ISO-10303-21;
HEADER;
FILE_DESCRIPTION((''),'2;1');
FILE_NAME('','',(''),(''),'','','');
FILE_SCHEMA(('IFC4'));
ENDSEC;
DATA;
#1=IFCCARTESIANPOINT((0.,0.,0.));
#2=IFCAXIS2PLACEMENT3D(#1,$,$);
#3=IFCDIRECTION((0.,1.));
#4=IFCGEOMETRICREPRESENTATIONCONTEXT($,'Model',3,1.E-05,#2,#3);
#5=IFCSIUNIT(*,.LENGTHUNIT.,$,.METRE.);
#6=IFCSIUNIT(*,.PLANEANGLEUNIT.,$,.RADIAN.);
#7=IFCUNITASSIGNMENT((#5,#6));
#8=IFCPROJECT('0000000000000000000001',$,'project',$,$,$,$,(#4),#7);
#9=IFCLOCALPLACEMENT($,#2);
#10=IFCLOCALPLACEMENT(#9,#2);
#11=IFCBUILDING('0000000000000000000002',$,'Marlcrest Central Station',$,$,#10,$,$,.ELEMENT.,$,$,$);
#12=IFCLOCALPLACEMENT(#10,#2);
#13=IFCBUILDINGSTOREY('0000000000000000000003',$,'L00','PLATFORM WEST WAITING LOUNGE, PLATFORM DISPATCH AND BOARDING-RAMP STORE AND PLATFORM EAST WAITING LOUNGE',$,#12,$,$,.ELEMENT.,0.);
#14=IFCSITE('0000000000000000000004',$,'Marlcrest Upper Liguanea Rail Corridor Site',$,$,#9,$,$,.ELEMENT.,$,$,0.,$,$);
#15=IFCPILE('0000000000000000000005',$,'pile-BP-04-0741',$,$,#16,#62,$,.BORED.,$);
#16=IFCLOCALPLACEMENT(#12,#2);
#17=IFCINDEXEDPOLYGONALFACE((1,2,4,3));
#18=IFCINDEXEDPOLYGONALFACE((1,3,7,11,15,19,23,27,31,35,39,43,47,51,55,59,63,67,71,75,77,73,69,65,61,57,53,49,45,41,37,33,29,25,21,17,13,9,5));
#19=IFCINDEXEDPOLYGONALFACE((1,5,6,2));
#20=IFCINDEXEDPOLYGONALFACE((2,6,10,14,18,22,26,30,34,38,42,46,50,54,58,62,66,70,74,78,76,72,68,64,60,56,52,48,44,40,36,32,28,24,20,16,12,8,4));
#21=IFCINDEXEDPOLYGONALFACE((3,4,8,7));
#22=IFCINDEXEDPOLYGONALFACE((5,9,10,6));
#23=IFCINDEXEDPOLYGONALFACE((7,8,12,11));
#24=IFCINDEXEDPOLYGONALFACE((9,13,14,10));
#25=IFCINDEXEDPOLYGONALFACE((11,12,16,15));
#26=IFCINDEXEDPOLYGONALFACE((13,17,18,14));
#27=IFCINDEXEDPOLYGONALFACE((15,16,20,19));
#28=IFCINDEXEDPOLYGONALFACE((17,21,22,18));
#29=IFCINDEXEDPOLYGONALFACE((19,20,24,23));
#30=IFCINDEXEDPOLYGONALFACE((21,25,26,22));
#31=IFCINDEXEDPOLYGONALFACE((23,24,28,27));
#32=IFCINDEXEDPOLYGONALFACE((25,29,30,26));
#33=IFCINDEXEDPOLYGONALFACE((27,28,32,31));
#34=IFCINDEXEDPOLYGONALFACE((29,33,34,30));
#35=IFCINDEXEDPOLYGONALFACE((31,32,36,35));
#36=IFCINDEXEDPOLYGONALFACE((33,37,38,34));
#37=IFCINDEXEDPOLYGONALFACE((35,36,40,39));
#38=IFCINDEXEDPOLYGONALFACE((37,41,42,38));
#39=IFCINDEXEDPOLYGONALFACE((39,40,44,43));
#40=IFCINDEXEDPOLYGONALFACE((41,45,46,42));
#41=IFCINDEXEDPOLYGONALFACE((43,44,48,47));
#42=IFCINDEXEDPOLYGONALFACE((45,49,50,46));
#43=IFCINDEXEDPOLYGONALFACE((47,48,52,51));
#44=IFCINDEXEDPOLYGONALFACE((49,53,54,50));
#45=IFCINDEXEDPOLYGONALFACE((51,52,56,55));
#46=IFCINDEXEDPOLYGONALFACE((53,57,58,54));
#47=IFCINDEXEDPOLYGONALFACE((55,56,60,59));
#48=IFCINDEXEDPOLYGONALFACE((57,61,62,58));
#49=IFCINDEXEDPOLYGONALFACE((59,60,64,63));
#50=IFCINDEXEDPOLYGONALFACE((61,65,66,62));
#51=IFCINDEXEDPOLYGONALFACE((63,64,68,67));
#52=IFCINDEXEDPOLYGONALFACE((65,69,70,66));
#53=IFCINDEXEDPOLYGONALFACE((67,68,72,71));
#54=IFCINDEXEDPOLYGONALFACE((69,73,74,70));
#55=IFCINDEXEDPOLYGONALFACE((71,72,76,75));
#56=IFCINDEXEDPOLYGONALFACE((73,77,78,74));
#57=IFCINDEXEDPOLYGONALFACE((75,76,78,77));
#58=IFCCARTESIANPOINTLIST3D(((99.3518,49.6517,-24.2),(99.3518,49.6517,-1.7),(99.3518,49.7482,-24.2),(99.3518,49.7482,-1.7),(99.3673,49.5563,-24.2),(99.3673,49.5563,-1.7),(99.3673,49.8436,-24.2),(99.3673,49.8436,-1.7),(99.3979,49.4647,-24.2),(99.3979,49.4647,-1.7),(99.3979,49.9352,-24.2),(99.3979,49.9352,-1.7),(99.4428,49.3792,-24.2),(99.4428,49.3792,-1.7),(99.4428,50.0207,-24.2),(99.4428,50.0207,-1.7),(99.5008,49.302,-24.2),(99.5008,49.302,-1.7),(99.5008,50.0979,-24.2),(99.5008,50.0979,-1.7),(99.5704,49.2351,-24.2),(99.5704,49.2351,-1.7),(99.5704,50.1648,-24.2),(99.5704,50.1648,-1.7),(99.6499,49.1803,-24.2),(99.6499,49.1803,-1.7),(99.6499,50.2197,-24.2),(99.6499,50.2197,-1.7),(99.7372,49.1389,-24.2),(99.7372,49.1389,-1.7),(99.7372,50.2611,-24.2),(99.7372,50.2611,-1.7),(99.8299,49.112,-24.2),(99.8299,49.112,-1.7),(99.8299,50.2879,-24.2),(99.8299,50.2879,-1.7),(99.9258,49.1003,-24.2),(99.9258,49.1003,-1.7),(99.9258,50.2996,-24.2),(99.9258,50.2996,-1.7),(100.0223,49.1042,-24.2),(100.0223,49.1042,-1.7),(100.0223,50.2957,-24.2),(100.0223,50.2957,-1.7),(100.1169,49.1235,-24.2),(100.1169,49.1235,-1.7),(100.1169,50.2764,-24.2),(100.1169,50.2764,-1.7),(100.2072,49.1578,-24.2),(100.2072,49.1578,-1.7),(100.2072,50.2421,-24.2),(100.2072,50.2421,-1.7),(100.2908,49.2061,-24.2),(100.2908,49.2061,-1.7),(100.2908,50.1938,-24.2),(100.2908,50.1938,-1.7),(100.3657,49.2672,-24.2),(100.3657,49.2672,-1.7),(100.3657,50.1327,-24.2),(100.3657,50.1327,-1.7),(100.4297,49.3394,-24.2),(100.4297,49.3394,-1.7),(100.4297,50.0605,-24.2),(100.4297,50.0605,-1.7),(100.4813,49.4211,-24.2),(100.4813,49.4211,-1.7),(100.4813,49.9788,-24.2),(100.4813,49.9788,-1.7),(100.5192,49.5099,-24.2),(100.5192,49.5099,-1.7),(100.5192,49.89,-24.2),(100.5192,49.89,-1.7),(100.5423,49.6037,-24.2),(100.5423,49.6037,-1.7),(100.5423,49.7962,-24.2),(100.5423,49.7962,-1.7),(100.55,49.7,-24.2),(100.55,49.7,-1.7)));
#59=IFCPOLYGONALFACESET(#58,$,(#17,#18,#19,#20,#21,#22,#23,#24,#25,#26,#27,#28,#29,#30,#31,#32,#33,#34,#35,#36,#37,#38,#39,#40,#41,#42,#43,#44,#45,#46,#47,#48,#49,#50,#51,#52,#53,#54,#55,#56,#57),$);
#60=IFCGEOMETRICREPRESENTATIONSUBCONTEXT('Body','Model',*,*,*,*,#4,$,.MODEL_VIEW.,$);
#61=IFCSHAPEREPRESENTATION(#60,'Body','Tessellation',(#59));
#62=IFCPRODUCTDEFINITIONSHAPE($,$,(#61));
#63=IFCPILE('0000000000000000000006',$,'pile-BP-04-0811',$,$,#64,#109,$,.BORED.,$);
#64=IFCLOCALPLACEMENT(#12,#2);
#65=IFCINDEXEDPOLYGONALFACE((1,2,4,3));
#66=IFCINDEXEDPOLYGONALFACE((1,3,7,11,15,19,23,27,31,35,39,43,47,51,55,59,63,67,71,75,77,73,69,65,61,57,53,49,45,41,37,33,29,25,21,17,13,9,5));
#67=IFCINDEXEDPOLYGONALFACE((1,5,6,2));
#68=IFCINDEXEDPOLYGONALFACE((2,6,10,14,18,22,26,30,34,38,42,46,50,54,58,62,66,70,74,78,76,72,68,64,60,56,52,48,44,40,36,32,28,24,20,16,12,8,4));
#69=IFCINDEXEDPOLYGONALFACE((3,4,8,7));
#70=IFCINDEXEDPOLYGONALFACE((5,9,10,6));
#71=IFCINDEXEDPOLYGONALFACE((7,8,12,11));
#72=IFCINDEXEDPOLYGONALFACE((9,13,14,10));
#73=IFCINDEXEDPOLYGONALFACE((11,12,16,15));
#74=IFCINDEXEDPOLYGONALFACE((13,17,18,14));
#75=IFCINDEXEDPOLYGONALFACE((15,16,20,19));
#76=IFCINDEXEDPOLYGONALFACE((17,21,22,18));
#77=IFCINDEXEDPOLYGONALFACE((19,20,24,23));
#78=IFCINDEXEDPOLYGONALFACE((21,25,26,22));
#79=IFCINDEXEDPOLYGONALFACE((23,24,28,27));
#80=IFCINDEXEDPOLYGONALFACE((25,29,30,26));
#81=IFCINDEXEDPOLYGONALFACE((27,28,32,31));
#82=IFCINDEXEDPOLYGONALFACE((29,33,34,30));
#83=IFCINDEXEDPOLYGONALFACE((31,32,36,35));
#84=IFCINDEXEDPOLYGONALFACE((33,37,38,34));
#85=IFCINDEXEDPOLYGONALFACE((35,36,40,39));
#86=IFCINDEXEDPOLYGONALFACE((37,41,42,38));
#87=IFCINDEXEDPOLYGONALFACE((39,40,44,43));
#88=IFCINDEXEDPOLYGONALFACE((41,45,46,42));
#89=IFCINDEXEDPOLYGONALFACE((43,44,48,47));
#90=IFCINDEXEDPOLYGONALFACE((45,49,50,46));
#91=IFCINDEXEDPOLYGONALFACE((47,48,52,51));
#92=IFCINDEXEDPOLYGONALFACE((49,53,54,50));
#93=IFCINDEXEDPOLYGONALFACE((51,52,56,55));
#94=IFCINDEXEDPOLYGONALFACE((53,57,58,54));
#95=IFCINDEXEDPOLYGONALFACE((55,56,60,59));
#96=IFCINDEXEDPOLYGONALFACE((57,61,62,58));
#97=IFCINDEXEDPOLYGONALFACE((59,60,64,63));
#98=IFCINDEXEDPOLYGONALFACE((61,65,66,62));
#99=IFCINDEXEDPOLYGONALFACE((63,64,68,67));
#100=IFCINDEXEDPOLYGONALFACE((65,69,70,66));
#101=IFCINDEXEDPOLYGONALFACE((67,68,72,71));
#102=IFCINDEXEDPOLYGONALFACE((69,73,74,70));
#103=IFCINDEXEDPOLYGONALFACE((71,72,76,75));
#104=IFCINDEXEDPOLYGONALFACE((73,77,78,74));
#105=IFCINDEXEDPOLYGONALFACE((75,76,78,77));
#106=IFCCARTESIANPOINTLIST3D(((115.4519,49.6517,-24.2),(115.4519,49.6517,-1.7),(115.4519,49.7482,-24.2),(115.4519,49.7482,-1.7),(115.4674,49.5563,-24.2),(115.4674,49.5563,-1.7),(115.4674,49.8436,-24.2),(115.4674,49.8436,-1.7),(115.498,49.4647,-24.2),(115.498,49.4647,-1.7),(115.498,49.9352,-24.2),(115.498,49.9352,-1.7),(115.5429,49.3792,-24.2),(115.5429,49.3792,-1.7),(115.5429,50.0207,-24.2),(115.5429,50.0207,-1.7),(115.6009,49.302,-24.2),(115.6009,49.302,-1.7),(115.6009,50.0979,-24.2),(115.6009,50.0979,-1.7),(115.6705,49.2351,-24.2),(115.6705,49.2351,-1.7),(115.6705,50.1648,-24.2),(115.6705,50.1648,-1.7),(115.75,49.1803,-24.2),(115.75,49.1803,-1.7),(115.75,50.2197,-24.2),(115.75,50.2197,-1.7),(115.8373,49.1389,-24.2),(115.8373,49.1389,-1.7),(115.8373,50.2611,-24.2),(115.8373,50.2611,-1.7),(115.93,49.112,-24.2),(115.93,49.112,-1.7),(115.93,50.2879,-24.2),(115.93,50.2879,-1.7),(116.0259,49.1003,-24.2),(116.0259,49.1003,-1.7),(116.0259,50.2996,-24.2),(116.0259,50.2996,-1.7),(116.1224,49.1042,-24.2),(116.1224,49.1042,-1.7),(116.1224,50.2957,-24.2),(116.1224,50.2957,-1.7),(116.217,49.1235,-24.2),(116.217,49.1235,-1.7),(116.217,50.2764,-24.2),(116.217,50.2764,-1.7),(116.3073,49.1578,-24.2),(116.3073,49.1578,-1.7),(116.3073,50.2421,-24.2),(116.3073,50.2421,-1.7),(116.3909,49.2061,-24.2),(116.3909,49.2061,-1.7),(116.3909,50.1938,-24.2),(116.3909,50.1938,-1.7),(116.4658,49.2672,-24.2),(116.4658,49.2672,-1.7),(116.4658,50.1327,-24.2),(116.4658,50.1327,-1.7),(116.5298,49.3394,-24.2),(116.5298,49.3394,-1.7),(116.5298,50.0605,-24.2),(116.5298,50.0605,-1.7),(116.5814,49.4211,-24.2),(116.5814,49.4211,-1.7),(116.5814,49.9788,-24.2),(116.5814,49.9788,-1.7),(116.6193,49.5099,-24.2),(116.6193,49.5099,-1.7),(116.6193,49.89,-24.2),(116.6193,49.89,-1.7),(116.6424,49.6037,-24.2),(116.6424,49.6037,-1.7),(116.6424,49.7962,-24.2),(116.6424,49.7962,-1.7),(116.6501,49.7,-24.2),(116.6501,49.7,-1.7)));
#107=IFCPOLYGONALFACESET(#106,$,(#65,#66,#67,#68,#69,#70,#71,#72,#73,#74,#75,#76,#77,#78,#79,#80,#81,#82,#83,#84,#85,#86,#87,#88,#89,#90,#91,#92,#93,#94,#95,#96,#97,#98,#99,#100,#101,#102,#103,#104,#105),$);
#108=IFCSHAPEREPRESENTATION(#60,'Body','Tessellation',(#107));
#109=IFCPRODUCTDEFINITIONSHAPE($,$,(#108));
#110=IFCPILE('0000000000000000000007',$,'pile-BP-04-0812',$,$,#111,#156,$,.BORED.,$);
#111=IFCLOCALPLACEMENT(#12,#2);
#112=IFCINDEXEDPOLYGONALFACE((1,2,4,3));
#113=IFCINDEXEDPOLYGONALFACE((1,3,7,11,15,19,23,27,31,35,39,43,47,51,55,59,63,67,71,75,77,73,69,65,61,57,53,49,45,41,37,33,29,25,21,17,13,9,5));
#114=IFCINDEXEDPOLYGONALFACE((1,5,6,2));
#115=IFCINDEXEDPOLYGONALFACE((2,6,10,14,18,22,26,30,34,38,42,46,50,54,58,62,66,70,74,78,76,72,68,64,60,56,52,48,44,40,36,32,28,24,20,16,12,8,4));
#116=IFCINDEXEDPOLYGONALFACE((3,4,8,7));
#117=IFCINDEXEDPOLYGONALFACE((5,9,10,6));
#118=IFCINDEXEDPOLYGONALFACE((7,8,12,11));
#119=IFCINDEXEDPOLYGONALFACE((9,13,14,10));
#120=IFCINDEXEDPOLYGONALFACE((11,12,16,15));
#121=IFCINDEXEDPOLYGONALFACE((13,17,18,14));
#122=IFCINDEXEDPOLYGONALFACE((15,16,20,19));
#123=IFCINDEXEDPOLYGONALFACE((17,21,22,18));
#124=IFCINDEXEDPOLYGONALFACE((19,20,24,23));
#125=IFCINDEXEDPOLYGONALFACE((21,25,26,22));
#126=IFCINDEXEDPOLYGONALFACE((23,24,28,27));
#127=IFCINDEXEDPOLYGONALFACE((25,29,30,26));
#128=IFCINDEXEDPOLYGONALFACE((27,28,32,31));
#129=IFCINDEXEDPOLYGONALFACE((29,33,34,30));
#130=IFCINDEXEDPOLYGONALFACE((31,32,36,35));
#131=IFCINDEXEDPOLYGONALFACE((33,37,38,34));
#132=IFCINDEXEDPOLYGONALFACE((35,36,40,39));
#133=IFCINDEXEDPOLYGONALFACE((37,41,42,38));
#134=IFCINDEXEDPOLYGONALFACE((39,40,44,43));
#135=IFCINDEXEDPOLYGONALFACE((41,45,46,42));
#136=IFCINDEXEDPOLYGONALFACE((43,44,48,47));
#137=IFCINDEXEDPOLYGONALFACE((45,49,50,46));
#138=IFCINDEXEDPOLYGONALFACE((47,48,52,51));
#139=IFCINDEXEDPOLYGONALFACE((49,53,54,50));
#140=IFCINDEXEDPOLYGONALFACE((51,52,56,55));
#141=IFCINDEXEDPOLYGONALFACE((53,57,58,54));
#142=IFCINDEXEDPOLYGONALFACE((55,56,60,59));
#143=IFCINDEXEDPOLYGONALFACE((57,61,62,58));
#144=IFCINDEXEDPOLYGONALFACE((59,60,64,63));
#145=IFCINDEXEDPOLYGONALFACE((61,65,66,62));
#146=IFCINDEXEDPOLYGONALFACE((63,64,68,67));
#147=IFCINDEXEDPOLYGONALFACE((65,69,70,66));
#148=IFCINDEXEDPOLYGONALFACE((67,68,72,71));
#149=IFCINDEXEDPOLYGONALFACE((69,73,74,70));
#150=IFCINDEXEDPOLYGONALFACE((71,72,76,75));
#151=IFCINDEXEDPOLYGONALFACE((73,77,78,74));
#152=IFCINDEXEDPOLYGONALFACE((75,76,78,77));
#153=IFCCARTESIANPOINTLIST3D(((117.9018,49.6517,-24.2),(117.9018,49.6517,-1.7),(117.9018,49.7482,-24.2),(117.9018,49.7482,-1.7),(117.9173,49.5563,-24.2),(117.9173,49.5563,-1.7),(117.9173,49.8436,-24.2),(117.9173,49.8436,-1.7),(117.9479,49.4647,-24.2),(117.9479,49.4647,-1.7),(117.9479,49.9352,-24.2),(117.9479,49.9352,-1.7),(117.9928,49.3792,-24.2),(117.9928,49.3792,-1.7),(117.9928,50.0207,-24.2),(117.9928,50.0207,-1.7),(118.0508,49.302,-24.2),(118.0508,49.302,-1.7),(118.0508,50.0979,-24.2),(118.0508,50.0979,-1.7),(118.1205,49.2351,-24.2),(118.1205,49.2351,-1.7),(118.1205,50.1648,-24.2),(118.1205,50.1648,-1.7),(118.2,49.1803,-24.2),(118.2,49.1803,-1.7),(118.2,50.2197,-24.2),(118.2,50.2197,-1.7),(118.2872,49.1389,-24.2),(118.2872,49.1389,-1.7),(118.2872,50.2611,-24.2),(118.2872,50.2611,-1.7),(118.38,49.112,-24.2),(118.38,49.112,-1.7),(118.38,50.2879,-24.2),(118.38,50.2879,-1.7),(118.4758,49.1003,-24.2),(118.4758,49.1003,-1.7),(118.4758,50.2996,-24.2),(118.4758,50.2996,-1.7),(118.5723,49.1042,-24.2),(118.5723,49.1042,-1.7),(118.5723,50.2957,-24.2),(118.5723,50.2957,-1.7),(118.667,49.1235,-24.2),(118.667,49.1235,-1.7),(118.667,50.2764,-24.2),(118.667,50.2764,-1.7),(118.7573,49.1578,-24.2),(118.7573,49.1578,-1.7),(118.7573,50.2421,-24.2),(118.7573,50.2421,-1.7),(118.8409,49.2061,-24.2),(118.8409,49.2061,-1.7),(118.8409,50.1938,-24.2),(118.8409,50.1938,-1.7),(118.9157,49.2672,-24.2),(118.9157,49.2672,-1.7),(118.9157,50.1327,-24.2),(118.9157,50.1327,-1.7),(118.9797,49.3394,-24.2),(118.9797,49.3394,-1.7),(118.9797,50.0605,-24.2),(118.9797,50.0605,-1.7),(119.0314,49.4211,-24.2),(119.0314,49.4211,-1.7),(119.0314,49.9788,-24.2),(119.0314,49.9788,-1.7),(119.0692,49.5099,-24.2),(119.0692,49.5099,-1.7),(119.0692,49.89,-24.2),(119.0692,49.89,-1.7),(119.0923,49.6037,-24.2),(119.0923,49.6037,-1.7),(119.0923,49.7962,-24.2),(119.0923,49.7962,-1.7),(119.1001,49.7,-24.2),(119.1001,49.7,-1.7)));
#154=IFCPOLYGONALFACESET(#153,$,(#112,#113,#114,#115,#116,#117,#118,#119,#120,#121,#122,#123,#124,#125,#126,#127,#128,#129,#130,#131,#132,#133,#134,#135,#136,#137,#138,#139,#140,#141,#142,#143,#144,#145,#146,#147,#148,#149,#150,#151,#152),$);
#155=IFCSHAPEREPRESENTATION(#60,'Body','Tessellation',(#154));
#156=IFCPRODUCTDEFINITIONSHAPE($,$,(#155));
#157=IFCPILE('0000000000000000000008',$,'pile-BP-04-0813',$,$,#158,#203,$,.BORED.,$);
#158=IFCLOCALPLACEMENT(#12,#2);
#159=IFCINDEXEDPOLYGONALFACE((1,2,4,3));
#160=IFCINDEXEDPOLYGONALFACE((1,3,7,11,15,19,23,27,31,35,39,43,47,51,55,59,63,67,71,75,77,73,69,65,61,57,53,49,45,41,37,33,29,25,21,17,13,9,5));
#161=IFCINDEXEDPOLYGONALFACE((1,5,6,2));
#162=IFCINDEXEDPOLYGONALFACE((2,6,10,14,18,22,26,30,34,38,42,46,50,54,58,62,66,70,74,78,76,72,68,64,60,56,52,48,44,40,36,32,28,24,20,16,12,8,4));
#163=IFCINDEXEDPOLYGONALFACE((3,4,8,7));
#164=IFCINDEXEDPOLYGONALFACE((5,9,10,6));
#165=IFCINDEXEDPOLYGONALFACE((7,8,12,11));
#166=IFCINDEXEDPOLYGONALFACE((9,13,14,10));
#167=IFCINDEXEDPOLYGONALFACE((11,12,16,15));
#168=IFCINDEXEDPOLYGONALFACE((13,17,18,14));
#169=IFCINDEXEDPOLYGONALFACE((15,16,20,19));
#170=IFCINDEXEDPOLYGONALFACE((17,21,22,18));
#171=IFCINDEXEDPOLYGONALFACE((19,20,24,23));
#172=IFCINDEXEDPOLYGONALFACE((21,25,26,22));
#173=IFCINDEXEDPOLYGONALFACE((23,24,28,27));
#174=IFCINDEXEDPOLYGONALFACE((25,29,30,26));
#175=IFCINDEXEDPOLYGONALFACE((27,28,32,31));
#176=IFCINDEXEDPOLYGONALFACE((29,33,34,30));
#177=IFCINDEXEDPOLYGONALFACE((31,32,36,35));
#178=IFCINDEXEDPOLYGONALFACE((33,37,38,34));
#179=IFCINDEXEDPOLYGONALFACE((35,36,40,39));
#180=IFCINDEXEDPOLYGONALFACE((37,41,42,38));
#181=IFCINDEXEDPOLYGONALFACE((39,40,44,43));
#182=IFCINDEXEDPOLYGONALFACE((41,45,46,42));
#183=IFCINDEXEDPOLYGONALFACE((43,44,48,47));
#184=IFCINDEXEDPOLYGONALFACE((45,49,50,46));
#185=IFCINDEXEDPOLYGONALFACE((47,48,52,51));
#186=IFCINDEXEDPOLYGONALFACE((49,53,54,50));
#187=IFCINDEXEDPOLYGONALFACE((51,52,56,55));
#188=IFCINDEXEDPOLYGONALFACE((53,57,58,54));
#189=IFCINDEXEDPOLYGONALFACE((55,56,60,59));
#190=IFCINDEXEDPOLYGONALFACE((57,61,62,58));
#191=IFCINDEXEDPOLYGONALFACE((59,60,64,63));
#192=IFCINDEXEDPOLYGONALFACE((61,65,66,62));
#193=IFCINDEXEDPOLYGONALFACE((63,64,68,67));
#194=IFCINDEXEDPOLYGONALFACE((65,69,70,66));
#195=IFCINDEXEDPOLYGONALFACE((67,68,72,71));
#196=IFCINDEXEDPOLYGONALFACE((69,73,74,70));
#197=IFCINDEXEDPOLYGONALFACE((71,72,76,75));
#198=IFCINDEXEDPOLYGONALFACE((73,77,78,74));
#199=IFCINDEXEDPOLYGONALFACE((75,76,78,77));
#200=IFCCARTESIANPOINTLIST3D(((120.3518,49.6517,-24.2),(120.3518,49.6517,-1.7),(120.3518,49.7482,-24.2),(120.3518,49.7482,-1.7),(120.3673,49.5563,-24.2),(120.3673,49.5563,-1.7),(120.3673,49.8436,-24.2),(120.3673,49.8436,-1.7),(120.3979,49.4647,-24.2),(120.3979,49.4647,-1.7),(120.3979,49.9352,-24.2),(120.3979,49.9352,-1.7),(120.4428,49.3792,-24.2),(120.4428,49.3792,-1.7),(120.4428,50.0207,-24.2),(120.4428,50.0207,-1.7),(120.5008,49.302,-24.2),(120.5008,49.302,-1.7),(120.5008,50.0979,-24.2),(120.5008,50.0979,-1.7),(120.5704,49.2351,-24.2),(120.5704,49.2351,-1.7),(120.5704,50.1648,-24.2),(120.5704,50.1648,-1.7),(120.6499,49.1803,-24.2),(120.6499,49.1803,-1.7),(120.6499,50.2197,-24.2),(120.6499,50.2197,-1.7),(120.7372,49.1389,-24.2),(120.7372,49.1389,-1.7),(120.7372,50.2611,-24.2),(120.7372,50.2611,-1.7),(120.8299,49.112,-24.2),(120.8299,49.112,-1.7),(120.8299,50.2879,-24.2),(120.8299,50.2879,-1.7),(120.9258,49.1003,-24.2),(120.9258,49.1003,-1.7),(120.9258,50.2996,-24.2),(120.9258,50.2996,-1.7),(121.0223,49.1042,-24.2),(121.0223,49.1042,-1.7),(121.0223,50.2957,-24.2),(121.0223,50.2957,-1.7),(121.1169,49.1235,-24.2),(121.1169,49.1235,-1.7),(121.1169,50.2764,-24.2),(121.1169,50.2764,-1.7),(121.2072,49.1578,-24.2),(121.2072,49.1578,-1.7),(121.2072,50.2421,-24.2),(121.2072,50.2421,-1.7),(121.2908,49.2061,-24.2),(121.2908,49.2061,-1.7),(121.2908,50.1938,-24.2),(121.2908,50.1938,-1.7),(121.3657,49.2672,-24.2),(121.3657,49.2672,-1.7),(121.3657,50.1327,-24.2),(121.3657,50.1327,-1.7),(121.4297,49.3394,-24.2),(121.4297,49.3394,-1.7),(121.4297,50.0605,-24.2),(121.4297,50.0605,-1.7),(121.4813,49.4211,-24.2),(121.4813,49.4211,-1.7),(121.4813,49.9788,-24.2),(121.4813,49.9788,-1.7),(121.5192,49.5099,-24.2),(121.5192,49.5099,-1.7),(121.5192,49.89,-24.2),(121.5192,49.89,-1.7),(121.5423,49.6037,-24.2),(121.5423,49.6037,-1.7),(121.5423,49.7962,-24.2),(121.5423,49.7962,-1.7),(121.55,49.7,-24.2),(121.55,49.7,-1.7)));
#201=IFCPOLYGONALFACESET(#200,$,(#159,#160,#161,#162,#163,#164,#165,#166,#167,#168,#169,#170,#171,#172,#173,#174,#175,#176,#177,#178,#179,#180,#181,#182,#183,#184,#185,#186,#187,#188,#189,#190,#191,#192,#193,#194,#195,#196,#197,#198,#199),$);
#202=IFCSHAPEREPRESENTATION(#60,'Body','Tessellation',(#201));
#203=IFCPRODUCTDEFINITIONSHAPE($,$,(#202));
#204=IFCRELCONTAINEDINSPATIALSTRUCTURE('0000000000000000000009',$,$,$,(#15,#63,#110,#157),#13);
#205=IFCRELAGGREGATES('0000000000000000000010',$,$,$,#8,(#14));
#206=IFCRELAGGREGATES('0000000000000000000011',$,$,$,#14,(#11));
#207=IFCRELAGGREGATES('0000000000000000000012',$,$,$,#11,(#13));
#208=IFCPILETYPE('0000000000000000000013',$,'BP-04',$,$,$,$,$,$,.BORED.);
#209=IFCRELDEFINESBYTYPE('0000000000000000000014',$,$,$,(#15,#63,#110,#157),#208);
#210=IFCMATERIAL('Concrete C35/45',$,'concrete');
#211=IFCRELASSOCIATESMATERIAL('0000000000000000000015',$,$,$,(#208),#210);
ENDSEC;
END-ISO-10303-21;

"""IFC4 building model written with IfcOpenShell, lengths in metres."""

from ifc_helpers import new_model, si_unit, direction, frame, origin, origin_2d, place, context, subcontext, project, spatial, circle, extrude, material, material_profile, profile_set, type_object, element, save


model = new_model("IFC4")

# Units and contexts
model_context = context("Model", 3, precision=1e-05, world=origin(), true_north=direction((0.0, 1.0)))
body_context = subcontext(model_context, "Body", "Model", "MODEL_VIEW")
ifc_project = project(units=[si_unit("LENGTHUNIT", "METRE"), si_unit("PLANEANGLEUNIT", "RADIAN")], contexts=[model_context])

# Site, building, storey
site_placement = place(None, origin())
site = spatial("IfcSite", under=ifc_project, at=site_placement, Name="Marlcrest Upper Liguanea Rail Corridor Site", CompositionType="ELEMENT", RefElevation=0.0)
building_placement = place(site_placement, origin())
building = spatial("IfcBuilding", under=site, at=building_placement, Name="Marlcrest Central Station", CompositionType="ELEMENT")
storey_placement = place(building_placement, origin())
storey = spatial("IfcBuildingStorey", under=building, at=storey_placement, Name="L00", Description="PLATFORM WEST WAITING LOUNGE, PLATFORM DISPATCH AND BOARDING-RAMP STORE AND PLATFORM EAST WAITING LOUNGE", CompositionType="ELEMENT", Elevation=0.0)

# Piles
ifc_material_1 = material(Name="Concrete C35/45", Category="concrete")
ifc_material_profile_1 = material_profile(ifc_material_1, circle(Radius=0.6001, at=origin_2d()), Name="PILE D1200")
ifc_profile_set_1 = profile_set([ifc_material_profile_1], Name="Concrete C35/45")
pile_type_1 = type_object("IfcPileType", Name="BP-04", PredefinedType="BORED", material=ifc_profile_set_1)
for number, where, z_axis, x_axis, name in (
    (1, (99.95, 49.7, -1.7), (0.0, 0.0, -1.0), (1.0, 0.0, 0.0), "pile-BP-04-0741"),
    (2, (116.05, 49.7, -1.7), (0.0, 0.0, -1.0), (1.0, 0.0, 0.0), "pile-BP-04-0811"),
    (3, (118.5, 49.7, -1.7), (0.0, 0.0, -1.0), (1.0, 0.0, 0.0), "pile-BP-04-0812"),
    (4, (120.95, 49.7, -1.7), (0.0, 0.0, -1.0), (1.0, 0.0, 0.0), "pile-BP-04-0813"),
):
    element("IfcPile", number, at=place(storey_placement, frame(where, z_axis=z_axis, x_axis=x_axis)), inside=storey, type_object=pile_type_1, Name=name, PredefinedType="BORED", context=body_context, shape_type="SweptSolid", body=[
        extrude(circle(Radius=0.6001, at=origin_2d()), origin(), (0.0, 0.0, 1.0), 22.5),
    ])

save(model, "model.ifc")
